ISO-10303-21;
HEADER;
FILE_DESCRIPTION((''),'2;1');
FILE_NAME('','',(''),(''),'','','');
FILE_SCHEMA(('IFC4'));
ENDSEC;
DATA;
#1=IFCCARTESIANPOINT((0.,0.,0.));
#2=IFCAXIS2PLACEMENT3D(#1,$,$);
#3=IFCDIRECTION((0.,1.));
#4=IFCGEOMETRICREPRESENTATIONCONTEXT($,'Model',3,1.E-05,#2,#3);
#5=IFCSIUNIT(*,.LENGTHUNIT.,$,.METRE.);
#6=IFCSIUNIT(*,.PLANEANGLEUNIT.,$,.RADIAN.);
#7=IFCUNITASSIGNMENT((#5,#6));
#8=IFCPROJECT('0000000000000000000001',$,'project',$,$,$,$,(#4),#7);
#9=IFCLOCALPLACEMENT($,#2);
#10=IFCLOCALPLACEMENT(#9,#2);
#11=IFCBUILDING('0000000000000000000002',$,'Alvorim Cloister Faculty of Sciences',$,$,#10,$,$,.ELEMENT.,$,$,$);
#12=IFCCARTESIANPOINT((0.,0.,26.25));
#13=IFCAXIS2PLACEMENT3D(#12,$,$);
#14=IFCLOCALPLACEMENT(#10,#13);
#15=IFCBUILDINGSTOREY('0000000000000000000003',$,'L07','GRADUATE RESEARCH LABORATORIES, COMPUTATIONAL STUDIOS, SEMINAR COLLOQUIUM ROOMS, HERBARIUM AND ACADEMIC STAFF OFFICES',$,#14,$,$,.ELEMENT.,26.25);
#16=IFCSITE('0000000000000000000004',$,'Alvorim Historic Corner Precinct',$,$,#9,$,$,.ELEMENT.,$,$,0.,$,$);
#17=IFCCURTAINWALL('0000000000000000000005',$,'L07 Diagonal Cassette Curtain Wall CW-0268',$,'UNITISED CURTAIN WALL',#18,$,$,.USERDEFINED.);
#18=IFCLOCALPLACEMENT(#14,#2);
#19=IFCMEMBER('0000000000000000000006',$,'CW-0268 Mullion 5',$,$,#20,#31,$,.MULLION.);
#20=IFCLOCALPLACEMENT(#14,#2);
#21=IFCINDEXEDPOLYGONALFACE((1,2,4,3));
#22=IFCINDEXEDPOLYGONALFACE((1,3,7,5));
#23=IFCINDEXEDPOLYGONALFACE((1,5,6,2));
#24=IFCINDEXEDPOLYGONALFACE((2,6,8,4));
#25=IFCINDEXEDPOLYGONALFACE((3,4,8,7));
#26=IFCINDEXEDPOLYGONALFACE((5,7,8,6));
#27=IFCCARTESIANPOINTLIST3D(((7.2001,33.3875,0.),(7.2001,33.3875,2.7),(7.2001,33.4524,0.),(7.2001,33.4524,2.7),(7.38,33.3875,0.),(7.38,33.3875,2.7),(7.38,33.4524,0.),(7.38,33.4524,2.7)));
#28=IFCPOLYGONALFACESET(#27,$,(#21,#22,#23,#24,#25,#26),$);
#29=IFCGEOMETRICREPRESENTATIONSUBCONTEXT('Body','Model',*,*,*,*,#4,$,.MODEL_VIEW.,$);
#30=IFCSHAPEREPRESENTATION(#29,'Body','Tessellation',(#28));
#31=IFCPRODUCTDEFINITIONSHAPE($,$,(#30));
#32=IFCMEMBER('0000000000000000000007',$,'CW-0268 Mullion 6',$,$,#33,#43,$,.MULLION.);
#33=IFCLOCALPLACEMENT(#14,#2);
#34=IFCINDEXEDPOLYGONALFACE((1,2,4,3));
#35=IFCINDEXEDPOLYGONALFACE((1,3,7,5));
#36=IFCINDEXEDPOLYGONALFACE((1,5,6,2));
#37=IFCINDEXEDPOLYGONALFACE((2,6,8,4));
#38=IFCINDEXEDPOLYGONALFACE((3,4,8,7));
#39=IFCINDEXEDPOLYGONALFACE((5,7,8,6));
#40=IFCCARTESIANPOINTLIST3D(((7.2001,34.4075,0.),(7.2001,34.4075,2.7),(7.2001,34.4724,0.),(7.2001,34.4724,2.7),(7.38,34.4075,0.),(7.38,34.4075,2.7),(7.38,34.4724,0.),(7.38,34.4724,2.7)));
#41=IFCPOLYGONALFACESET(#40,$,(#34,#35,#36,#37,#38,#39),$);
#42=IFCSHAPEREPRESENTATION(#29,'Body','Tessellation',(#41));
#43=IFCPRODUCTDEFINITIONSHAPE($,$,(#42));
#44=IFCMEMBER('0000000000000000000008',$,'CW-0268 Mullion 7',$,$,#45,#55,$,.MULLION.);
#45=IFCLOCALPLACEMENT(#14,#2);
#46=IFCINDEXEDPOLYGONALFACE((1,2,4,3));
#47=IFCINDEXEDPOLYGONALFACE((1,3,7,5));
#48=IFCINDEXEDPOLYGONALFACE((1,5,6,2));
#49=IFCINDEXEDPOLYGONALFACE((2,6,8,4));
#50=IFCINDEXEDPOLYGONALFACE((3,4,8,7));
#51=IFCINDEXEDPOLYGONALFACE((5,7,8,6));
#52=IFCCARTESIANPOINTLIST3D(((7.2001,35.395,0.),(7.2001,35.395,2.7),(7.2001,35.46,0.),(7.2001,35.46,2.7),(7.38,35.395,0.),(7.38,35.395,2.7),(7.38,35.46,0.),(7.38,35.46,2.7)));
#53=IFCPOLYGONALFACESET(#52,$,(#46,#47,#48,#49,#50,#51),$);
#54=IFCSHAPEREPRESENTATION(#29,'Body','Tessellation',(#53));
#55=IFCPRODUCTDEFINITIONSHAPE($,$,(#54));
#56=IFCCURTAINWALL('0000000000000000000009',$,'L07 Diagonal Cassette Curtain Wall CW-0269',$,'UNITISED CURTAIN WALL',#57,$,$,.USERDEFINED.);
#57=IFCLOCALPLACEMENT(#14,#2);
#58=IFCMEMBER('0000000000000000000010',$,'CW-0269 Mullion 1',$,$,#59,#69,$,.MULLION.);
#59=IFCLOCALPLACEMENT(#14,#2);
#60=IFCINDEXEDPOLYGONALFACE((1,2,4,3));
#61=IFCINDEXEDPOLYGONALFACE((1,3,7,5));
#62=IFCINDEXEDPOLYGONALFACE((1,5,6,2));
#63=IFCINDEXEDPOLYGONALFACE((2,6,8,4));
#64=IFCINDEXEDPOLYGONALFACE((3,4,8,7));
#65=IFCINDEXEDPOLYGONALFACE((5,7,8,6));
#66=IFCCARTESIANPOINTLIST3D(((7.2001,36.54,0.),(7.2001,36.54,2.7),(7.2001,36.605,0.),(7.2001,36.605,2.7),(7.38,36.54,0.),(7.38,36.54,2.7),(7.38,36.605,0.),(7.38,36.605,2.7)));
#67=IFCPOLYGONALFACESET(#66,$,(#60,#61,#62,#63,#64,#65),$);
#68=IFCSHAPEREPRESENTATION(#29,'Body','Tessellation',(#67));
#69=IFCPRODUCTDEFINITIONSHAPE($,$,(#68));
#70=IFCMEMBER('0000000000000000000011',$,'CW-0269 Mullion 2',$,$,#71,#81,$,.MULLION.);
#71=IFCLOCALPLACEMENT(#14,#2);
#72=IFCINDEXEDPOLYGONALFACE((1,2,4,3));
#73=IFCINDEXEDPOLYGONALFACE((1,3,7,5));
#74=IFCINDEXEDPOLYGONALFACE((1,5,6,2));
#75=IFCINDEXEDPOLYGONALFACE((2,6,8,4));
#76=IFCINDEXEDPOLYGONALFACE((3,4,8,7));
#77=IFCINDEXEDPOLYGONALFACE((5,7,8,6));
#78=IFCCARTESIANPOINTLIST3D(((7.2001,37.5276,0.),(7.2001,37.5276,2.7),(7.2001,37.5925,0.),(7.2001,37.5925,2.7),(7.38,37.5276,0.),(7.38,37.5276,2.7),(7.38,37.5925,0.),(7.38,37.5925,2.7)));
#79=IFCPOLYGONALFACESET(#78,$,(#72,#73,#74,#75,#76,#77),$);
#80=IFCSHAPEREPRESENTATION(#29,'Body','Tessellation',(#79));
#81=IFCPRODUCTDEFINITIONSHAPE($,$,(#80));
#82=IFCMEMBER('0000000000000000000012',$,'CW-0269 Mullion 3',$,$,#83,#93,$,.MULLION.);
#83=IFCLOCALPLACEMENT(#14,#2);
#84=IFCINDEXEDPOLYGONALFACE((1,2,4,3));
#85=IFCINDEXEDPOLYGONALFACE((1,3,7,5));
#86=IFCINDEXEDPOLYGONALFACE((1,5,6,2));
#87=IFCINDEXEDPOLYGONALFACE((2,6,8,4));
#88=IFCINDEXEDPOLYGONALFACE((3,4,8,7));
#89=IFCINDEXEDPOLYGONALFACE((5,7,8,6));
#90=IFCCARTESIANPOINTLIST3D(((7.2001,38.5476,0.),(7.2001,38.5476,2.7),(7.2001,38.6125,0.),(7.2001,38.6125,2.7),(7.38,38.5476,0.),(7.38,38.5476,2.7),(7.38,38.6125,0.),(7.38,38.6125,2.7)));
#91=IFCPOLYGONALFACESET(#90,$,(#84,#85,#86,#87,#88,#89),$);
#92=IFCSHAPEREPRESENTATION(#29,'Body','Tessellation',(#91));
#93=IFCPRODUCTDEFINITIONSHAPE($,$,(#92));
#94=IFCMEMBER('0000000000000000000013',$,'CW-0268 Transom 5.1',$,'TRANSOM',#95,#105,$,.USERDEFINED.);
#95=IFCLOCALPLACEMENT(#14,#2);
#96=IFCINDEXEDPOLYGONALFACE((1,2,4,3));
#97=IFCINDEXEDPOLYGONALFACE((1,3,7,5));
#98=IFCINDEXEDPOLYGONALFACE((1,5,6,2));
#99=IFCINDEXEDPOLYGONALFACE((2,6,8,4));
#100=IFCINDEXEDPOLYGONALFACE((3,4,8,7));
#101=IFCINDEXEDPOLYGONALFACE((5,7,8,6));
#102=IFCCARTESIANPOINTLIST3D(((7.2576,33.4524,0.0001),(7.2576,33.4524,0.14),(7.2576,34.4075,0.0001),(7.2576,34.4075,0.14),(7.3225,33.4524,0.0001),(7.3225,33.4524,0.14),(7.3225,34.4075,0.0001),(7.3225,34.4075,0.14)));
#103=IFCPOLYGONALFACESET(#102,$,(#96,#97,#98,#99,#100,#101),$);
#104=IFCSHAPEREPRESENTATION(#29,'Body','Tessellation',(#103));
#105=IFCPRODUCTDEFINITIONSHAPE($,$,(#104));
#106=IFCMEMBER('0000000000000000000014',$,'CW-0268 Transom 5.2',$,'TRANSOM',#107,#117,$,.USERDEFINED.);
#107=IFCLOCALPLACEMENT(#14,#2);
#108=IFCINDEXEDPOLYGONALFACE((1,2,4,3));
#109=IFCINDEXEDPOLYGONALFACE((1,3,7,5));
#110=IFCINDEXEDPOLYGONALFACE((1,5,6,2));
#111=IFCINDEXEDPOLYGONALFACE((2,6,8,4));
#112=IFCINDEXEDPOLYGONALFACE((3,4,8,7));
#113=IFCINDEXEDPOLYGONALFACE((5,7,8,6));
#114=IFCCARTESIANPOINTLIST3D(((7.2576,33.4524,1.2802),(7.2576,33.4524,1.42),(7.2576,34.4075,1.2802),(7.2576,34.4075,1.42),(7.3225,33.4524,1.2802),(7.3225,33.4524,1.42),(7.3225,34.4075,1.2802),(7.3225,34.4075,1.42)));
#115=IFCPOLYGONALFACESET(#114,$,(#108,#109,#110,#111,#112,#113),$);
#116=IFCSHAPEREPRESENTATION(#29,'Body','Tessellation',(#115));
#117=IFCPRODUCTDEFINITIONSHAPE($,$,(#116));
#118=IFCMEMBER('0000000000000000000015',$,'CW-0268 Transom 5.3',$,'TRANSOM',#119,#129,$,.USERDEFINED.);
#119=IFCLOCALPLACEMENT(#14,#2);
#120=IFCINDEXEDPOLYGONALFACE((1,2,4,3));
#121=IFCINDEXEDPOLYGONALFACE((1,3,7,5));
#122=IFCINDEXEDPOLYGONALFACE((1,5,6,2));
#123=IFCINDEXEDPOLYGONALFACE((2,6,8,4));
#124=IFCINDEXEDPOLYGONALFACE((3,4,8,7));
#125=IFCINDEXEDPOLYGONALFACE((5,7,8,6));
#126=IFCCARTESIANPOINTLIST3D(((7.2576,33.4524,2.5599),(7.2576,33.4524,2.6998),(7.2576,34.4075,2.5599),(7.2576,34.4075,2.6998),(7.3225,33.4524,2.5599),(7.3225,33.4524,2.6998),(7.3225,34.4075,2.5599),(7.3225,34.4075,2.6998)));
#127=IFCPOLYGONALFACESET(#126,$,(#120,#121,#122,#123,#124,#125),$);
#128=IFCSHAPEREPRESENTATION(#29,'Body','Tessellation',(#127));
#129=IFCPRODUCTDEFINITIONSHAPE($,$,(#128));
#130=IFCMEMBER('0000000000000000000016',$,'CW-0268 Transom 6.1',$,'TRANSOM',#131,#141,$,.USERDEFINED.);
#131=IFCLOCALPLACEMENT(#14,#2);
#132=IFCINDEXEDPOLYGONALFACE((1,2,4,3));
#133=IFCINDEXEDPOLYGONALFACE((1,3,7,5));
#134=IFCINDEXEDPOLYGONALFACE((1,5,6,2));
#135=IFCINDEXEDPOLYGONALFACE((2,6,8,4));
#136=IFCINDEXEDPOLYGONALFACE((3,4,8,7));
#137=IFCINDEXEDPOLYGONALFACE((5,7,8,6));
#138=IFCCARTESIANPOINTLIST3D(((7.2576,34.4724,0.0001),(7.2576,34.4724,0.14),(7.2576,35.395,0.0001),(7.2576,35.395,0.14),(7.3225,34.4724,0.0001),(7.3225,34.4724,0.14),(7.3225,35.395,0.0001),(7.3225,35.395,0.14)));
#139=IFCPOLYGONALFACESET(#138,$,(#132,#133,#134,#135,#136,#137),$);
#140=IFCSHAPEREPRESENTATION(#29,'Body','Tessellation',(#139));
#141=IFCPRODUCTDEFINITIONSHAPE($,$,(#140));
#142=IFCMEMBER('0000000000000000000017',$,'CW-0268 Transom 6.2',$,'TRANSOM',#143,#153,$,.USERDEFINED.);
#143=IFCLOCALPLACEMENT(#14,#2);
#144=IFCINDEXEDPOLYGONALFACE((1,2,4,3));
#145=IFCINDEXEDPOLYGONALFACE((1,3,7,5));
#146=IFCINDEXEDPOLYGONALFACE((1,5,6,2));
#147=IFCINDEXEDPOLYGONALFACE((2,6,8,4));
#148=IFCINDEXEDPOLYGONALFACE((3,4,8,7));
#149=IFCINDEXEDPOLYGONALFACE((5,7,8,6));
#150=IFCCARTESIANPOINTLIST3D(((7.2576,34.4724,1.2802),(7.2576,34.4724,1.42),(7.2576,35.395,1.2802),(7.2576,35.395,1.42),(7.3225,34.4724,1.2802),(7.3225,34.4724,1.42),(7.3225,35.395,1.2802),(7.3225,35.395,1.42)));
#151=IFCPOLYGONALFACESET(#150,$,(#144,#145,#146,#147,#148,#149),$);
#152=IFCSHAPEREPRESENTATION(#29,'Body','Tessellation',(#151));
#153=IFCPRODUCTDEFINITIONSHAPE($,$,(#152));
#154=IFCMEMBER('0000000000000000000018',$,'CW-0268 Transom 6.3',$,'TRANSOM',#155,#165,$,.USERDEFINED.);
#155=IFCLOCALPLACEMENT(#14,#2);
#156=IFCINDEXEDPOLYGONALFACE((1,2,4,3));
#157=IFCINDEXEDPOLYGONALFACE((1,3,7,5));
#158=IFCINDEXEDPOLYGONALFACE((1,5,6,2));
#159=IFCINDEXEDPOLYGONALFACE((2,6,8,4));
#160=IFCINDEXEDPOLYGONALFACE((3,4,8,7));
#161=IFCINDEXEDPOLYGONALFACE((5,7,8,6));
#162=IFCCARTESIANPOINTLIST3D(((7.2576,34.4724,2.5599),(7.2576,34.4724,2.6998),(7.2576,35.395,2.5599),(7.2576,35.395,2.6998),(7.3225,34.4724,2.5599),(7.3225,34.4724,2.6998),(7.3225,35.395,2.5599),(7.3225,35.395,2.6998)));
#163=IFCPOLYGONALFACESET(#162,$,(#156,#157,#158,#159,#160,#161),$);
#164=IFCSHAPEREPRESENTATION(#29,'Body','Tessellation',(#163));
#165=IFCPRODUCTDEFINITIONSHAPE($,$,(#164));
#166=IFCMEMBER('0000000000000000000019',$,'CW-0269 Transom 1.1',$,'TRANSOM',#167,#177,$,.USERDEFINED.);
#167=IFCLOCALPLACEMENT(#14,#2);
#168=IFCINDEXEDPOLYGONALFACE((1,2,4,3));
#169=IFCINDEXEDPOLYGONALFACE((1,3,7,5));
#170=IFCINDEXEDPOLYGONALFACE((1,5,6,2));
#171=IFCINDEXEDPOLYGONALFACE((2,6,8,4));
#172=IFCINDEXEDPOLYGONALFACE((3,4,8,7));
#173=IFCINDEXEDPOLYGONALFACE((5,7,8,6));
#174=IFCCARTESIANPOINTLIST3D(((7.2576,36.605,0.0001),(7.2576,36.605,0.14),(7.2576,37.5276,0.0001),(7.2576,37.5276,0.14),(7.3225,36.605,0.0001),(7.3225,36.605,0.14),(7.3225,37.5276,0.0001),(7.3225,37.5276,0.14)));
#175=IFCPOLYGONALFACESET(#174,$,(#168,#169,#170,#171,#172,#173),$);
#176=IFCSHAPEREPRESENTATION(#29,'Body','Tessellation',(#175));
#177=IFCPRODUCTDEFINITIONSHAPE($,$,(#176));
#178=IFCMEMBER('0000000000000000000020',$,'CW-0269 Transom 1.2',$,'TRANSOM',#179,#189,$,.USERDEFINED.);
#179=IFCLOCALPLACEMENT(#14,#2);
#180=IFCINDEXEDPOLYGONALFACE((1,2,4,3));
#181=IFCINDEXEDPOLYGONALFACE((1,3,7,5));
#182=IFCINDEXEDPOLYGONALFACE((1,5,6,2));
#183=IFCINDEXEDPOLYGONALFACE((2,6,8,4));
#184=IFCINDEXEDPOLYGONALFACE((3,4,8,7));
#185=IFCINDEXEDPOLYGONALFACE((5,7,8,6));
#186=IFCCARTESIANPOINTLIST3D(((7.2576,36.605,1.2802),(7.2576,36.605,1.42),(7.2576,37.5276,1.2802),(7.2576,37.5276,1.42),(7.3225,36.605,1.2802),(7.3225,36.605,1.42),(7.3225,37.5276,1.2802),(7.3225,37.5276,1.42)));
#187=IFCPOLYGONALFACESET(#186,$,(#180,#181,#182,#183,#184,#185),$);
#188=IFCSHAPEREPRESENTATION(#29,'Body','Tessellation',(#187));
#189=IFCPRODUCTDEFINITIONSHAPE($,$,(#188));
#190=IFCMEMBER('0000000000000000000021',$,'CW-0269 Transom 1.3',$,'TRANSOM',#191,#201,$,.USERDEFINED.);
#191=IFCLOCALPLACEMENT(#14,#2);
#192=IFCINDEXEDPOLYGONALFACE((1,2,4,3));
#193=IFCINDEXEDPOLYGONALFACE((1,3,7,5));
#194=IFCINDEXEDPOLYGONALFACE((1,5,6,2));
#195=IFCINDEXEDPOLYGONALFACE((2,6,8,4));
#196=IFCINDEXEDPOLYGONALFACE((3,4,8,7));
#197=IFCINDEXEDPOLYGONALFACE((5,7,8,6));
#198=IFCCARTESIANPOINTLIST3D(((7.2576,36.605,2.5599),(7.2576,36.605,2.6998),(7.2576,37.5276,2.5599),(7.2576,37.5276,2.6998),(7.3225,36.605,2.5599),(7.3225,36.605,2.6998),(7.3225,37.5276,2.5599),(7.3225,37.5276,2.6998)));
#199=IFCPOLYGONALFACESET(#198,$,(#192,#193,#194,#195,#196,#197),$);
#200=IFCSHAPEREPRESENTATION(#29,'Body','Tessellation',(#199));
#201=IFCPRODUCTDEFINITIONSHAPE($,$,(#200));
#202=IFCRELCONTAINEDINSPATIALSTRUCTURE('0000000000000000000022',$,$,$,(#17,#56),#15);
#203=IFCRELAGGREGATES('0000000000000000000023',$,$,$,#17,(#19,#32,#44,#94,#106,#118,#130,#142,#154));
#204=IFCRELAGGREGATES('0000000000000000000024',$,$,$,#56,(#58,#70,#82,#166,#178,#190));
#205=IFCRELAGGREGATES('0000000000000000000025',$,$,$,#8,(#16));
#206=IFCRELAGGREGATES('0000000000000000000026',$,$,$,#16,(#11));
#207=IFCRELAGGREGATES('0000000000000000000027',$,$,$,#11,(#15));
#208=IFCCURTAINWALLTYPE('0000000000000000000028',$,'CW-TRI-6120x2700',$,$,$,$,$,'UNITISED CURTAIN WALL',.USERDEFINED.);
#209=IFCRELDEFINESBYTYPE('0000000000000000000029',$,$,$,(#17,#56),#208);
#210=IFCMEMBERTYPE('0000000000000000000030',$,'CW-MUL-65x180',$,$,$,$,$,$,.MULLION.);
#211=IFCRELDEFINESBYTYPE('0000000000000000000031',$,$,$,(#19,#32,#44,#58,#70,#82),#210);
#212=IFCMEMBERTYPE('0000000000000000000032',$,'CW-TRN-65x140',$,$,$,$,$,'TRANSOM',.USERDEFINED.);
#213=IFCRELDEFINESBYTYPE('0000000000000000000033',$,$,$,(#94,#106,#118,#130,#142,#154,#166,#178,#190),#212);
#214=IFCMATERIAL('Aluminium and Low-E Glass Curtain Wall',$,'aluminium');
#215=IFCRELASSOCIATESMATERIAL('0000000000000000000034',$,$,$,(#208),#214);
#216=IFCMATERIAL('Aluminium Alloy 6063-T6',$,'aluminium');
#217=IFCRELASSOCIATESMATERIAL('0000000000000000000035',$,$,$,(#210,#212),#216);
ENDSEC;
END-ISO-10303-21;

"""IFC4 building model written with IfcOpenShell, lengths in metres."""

from ifc_helpers import new_model, si_unit, direction, frame, origin, origin_2d, place, context, subcontext, project, spatial, rectangle, extrude, material, material_profile, profile_set, type_object, element, aggregate, save


model = new_model("IFC4")

# Units and contexts
model_context = context("Model", 3, precision=1e-05, world=origin(), true_north=direction((0.0, 1.0)))
body_context = subcontext(model_context, "Body", "Model", "MODEL_VIEW")
ifc_project = project(units=[si_unit("LENGTHUNIT", "METRE"), si_unit("PLANEANGLEUNIT", "RADIAN")], contexts=[model_context])

# Site, building, storey
site_placement = place(None, origin())
site = spatial("IfcSite", under=ifc_project, at=site_placement, Name="Alvorim Historic Corner Precinct", CompositionType="ELEMENT", RefElevation=0.0)
building_placement = place(site_placement, origin())
building = spatial("IfcBuilding", under=site, at=building_placement, Name="Alvorim Cloister Faculty of Sciences", CompositionType="ELEMENT")
storey_placement = place(building_placement, frame((0.0, 0.0, 26.25)))
storey = spatial("IfcBuildingStorey", under=building, at=storey_placement, Name="L07", Description="GRADUATE RESEARCH LABORATORIES, COMPUTATIONAL STUDIOS, SEMINAR COLLOQUIUM ROOMS, HERBARIUM AND ACADEMIC STAFF OFFICES", CompositionType="ELEMENT", Elevation=26.25)

# Curtain walls, members
ifc_material_1 = material(Name="Aluminium and Low-E Glass Curtain Wall", Category="aluminium")
curtain_wall_type = type_object("IfcCurtainWallType", Name="CW-TRI-6120x2700", ElementType="UNITISED CURTAIN WALL", PredefinedType="USERDEFINED", material=ifc_material_1)
curtain_wall_1_placement = place(storey_placement, origin())
curtain_wall_1 = element("IfcCurtainWall", 1, at=curtain_wall_1_placement, inside=storey, type_object=curtain_wall_type, Name="L07 Diagonal Cassette Curtain Wall CW-0268", ObjectType="UNITISED CURTAIN WALL", PredefinedType="USERDEFINED")
ifc_material_2 = material(Name="Aluminium Alloy 6063-T6", Category="aluminium")
ifc_material_profile_1 = material_profile(ifc_material_2, rectangle(XDim=0.0649, YDim=0.1799, at=origin_2d()), Name="ALU-MUL-65x180")
ifc_profile_set_1 = profile_set([ifc_material_profile_1], Name="Aluminium Alloy 6063-T6")
member_type_1 = type_object("IfcMemberType", Name="CW-MUL-65x180", PredefinedType="MULLION", material=ifc_profile_set_1)
member_1_placement = place(storey_placement, frame((7.29, 33.4199, 0.0), z_axis=(0.0, 0.0, 1.0), x_axis=(0.0, 1.0, 0.0)))
member_1 = element("IfcMember", 2, at=member_1_placement, type_object=member_type_1, Name="CW-0268 Mullion 5", PredefinedType="MULLION", context=body_context, shape_type="SweptSolid", body=[
    extrude(rectangle(XDim=0.0649, YDim=0.1799, at=origin_2d()), origin(), (0.0, 0.0, 1.0), 2.7),
])
member_2_placement = place(storey_placement, frame((7.29, 34.4399, 0.0), z_axis=(0.0, 0.0, 1.0), x_axis=(0.0, 1.0, 0.0)))
member_2 = element("IfcMember", 3, at=member_2_placement, type_object=member_type_1, Name="CW-0268 Mullion 6", PredefinedType="MULLION", context=body_context, shape_type="SweptSolid", body=[
    extrude(rectangle(XDim=0.0649, YDim=0.1799, at=origin_2d()), origin(), (0.0, 0.0, 1.0), 2.7),
])
member_3_placement = place(storey_placement, frame((7.29, 35.4275, 0.0), z_axis=(0.0, 0.0, 1.0), x_axis=(0.0, 1.0, 0.0)))
member_3 = element("IfcMember", 4, at=member_3_placement, type_object=member_type_1, Name="CW-0268 Mullion 7", PredefinedType="MULLION", context=body_context, shape_type="SweptSolid", body=[
    extrude(rectangle(XDim=0.0649, YDim=0.1799, at=origin_2d()), origin(), (0.0, 0.0, 1.0), 2.7),
])
curtain_wall_2_placement = place(storey_placement, origin())
curtain_wall_2 = element("IfcCurtainWall", 5, at=curtain_wall_2_placement, inside=storey, type_object=curtain_wall_type, Name="L07 Diagonal Cassette Curtain Wall CW-0269", ObjectType="UNITISED CURTAIN WALL", PredefinedType="USERDEFINED")
member_4_placement = place(storey_placement, frame((7.29, 36.5725, 0.0), z_axis=(0.0, 0.0, 1.0), x_axis=(0.0, 1.0, 0.0)))
member_4 = element("IfcMember", 6, at=member_4_placement, type_object=member_type_1, Name="CW-0269 Mullion 1", PredefinedType="MULLION", context=body_context, shape_type="SweptSolid", body=[
    extrude(rectangle(XDim=0.0649, YDim=0.1799, at=origin_2d()), origin(), (0.0, 0.0, 1.0), 2.7),
])
member_5_placement = place(storey_placement, frame((7.29, 37.5601, 0.0), z_axis=(0.0, 0.0, 1.0), x_axis=(0.0, 1.0, 0.0)))
member_5 = element("IfcMember", 7, at=member_5_placement, type_object=member_type_1, Name="CW-0269 Mullion 2", PredefinedType="MULLION", context=body_context, shape_type="SweptSolid", body=[
    extrude(rectangle(XDim=0.0649, YDim=0.1799, at=origin_2d()), origin(), (0.0, 0.0, 1.0), 2.7),
])
member_6_placement = place(storey_placement, frame((7.29, 38.5801, 0.0), z_axis=(0.0, 0.0, 1.0), x_axis=(0.0, 1.0, 0.0)))
member_6 = element("IfcMember", 8, at=member_6_placement, type_object=member_type_1, Name="CW-0269 Mullion 3", PredefinedType="MULLION", context=body_context, shape_type="SweptSolid", body=[
    extrude(rectangle(XDim=0.0649, YDim=0.1799, at=origin_2d()), origin(), (0.0, 0.0, 1.0), 2.7),
])

# Members
ifc_material_profile_2 = material_profile(ifc_material_2, rectangle(XDim=0.0649, YDim=0.1399, at=origin_2d()), Name="ALU-TRN-65x140")
ifc_profile_set_2 = profile_set([ifc_material_profile_2], Name="Aluminium Alloy 6063-T6")
member_type_2 = type_object("IfcMemberType", Name="CW-TRN-65x140", ElementType="TRANSOM", PredefinedType="USERDEFINED", material=ifc_profile_set_2)
member_7_placement = place(storey_placement, frame((7.29, 33.4524, 0.0701), z_axis=(0.0, 1.0, 0.0), x_axis=(-1.0, 0.0, 0.0)))
member_7 = element("IfcMember", 9, at=member_7_placement, type_object=member_type_2, Name="CW-0268 Transom 5.1", ObjectType="TRANSOM", PredefinedType="USERDEFINED", context=body_context, shape_type="SweptSolid", body=[
    extrude(rectangle(XDim=0.0649, YDim=0.1399, at=origin_2d()), origin(), (0.0, 0.0, 1.0), 0.9551),
])
member_8_placement = place(storey_placement, frame((7.29, 33.4524, 1.3501), z_axis=(0.0, 1.0, 0.0), x_axis=(-1.0, 0.0, 0.0)))
member_8 = element("IfcMember", 10, at=member_8_placement, type_object=member_type_2, Name="CW-0268 Transom 5.2", ObjectType="TRANSOM", PredefinedType="USERDEFINED", context=body_context, shape_type="SweptSolid", body=[
    extrude(rectangle(XDim=0.0649, YDim=0.1399, at=origin_2d()), origin(), (0.0, 0.0, 1.0), 0.9551),
])
member_9_placement = place(storey_placement, frame((7.29, 33.4524, 2.6299), z_axis=(0.0, 1.0, 0.0), x_axis=(-1.0, 0.0, 0.0)))
member_9 = element("IfcMember", 11, at=member_9_placement, type_object=member_type_2, Name="CW-0268 Transom 5.3", ObjectType="TRANSOM", PredefinedType="USERDEFINED", context=body_context, shape_type="SweptSolid", body=[
    extrude(rectangle(XDim=0.0649, YDim=0.1399, at=origin_2d()), origin(), (0.0, 0.0, 1.0), 0.9551),
])
member_10_placement = place(storey_placement, frame((7.29, 34.4724, 0.0701), z_axis=(0.0, 1.0, 0.0), x_axis=(-1.0, 0.0, 0.0)))
member_10 = element("IfcMember", 12, at=member_10_placement, type_object=member_type_2, Name="CW-0268 Transom 6.1", ObjectType="TRANSOM", PredefinedType="USERDEFINED", context=body_context, shape_type="SweptSolid", body=[
    extrude(rectangle(XDim=0.0649, YDim=0.1399, at=origin_2d()), origin(), (0.0, 0.0, 1.0), 0.9226),
])
member_11_placement = place(storey_placement, frame((7.29, 34.4724, 1.3501), z_axis=(0.0, 1.0, 0.0), x_axis=(-1.0, 0.0, 0.0)))
member_11 = element("IfcMember", 13, at=member_11_placement, type_object=member_type_2, Name="CW-0268 Transom 6.2", ObjectType="TRANSOM", PredefinedType="USERDEFINED", context=body_context, shape_type="SweptSolid", body=[
    extrude(rectangle(XDim=0.0649, YDim=0.1399, at=origin_2d()), origin(), (0.0, 0.0, 1.0), 0.9226),
])
member_12_placement = place(storey_placement, frame((7.29, 34.4724, 2.6299), z_axis=(0.0, 1.0, 0.0), x_axis=(-1.0, 0.0, 0.0)))
member_12 = element("IfcMember", 14, at=member_12_placement, type_object=member_type_2, Name="CW-0268 Transom 6.3", ObjectType="TRANSOM", PredefinedType="USERDEFINED", context=body_context, shape_type="SweptSolid", body=[
    extrude(rectangle(XDim=0.0649, YDim=0.1399, at=origin_2d()), origin(), (0.0, 0.0, 1.0), 0.9226),
])
aggregate(curtain_wall_1, [member_1, member_2, member_3, member_7, member_8, member_9, member_10, member_11, member_12])
member_13_placement = place(storey_placement, frame((7.29, 36.605, 0.0701), z_axis=(0.0, 1.0, 0.0), x_axis=(-1.0, 0.0, 0.0)))
member_13 = element("IfcMember", 15, at=member_13_placement, type_object=member_type_2, Name="CW-0269 Transom 1.1", ObjectType="TRANSOM", PredefinedType="USERDEFINED", context=body_context, shape_type="SweptSolid", body=[
    extrude(rectangle(XDim=0.0649, YDim=0.1399, at=origin_2d()), origin(), (0.0, 0.0, 1.0), 0.9226),
])
member_14_placement = place(storey_placement, frame((7.29, 36.605, 1.3501), z_axis=(0.0, 1.0, 0.0), x_axis=(-1.0, 0.0, 0.0)))
member_14 = element("IfcMember", 16, at=member_14_placement, type_object=member_type_2, Name="CW-0269 Transom 1.2", ObjectType="TRANSOM", PredefinedType="USERDEFINED", context=body_context, shape_type="SweptSolid", body=[
    extrude(rectangle(XDim=0.0649, YDim=0.1399, at=origin_2d()), origin(), (0.0, 0.0, 1.0), 0.9226),
])
member_15_placement = place(storey_placement, frame((7.29, 36.605, 2.6299), z_axis=(0.0, 1.0, 0.0), x_axis=(-1.0, 0.0, 0.0)))
member_15 = element("IfcMember", 17, at=member_15_placement, type_object=member_type_2, Name="CW-0269 Transom 1.3", ObjectType="TRANSOM", PredefinedType="USERDEFINED", context=body_context, shape_type="SweptSolid", body=[
    extrude(rectangle(XDim=0.0649, YDim=0.1399, at=origin_2d()), origin(), (0.0, 0.0, 1.0), 0.9226),
])
aggregate(curtain_wall_2, [member_4, member_5, member_6, member_13, member_14, member_15])

save(model, "model.ifc")
